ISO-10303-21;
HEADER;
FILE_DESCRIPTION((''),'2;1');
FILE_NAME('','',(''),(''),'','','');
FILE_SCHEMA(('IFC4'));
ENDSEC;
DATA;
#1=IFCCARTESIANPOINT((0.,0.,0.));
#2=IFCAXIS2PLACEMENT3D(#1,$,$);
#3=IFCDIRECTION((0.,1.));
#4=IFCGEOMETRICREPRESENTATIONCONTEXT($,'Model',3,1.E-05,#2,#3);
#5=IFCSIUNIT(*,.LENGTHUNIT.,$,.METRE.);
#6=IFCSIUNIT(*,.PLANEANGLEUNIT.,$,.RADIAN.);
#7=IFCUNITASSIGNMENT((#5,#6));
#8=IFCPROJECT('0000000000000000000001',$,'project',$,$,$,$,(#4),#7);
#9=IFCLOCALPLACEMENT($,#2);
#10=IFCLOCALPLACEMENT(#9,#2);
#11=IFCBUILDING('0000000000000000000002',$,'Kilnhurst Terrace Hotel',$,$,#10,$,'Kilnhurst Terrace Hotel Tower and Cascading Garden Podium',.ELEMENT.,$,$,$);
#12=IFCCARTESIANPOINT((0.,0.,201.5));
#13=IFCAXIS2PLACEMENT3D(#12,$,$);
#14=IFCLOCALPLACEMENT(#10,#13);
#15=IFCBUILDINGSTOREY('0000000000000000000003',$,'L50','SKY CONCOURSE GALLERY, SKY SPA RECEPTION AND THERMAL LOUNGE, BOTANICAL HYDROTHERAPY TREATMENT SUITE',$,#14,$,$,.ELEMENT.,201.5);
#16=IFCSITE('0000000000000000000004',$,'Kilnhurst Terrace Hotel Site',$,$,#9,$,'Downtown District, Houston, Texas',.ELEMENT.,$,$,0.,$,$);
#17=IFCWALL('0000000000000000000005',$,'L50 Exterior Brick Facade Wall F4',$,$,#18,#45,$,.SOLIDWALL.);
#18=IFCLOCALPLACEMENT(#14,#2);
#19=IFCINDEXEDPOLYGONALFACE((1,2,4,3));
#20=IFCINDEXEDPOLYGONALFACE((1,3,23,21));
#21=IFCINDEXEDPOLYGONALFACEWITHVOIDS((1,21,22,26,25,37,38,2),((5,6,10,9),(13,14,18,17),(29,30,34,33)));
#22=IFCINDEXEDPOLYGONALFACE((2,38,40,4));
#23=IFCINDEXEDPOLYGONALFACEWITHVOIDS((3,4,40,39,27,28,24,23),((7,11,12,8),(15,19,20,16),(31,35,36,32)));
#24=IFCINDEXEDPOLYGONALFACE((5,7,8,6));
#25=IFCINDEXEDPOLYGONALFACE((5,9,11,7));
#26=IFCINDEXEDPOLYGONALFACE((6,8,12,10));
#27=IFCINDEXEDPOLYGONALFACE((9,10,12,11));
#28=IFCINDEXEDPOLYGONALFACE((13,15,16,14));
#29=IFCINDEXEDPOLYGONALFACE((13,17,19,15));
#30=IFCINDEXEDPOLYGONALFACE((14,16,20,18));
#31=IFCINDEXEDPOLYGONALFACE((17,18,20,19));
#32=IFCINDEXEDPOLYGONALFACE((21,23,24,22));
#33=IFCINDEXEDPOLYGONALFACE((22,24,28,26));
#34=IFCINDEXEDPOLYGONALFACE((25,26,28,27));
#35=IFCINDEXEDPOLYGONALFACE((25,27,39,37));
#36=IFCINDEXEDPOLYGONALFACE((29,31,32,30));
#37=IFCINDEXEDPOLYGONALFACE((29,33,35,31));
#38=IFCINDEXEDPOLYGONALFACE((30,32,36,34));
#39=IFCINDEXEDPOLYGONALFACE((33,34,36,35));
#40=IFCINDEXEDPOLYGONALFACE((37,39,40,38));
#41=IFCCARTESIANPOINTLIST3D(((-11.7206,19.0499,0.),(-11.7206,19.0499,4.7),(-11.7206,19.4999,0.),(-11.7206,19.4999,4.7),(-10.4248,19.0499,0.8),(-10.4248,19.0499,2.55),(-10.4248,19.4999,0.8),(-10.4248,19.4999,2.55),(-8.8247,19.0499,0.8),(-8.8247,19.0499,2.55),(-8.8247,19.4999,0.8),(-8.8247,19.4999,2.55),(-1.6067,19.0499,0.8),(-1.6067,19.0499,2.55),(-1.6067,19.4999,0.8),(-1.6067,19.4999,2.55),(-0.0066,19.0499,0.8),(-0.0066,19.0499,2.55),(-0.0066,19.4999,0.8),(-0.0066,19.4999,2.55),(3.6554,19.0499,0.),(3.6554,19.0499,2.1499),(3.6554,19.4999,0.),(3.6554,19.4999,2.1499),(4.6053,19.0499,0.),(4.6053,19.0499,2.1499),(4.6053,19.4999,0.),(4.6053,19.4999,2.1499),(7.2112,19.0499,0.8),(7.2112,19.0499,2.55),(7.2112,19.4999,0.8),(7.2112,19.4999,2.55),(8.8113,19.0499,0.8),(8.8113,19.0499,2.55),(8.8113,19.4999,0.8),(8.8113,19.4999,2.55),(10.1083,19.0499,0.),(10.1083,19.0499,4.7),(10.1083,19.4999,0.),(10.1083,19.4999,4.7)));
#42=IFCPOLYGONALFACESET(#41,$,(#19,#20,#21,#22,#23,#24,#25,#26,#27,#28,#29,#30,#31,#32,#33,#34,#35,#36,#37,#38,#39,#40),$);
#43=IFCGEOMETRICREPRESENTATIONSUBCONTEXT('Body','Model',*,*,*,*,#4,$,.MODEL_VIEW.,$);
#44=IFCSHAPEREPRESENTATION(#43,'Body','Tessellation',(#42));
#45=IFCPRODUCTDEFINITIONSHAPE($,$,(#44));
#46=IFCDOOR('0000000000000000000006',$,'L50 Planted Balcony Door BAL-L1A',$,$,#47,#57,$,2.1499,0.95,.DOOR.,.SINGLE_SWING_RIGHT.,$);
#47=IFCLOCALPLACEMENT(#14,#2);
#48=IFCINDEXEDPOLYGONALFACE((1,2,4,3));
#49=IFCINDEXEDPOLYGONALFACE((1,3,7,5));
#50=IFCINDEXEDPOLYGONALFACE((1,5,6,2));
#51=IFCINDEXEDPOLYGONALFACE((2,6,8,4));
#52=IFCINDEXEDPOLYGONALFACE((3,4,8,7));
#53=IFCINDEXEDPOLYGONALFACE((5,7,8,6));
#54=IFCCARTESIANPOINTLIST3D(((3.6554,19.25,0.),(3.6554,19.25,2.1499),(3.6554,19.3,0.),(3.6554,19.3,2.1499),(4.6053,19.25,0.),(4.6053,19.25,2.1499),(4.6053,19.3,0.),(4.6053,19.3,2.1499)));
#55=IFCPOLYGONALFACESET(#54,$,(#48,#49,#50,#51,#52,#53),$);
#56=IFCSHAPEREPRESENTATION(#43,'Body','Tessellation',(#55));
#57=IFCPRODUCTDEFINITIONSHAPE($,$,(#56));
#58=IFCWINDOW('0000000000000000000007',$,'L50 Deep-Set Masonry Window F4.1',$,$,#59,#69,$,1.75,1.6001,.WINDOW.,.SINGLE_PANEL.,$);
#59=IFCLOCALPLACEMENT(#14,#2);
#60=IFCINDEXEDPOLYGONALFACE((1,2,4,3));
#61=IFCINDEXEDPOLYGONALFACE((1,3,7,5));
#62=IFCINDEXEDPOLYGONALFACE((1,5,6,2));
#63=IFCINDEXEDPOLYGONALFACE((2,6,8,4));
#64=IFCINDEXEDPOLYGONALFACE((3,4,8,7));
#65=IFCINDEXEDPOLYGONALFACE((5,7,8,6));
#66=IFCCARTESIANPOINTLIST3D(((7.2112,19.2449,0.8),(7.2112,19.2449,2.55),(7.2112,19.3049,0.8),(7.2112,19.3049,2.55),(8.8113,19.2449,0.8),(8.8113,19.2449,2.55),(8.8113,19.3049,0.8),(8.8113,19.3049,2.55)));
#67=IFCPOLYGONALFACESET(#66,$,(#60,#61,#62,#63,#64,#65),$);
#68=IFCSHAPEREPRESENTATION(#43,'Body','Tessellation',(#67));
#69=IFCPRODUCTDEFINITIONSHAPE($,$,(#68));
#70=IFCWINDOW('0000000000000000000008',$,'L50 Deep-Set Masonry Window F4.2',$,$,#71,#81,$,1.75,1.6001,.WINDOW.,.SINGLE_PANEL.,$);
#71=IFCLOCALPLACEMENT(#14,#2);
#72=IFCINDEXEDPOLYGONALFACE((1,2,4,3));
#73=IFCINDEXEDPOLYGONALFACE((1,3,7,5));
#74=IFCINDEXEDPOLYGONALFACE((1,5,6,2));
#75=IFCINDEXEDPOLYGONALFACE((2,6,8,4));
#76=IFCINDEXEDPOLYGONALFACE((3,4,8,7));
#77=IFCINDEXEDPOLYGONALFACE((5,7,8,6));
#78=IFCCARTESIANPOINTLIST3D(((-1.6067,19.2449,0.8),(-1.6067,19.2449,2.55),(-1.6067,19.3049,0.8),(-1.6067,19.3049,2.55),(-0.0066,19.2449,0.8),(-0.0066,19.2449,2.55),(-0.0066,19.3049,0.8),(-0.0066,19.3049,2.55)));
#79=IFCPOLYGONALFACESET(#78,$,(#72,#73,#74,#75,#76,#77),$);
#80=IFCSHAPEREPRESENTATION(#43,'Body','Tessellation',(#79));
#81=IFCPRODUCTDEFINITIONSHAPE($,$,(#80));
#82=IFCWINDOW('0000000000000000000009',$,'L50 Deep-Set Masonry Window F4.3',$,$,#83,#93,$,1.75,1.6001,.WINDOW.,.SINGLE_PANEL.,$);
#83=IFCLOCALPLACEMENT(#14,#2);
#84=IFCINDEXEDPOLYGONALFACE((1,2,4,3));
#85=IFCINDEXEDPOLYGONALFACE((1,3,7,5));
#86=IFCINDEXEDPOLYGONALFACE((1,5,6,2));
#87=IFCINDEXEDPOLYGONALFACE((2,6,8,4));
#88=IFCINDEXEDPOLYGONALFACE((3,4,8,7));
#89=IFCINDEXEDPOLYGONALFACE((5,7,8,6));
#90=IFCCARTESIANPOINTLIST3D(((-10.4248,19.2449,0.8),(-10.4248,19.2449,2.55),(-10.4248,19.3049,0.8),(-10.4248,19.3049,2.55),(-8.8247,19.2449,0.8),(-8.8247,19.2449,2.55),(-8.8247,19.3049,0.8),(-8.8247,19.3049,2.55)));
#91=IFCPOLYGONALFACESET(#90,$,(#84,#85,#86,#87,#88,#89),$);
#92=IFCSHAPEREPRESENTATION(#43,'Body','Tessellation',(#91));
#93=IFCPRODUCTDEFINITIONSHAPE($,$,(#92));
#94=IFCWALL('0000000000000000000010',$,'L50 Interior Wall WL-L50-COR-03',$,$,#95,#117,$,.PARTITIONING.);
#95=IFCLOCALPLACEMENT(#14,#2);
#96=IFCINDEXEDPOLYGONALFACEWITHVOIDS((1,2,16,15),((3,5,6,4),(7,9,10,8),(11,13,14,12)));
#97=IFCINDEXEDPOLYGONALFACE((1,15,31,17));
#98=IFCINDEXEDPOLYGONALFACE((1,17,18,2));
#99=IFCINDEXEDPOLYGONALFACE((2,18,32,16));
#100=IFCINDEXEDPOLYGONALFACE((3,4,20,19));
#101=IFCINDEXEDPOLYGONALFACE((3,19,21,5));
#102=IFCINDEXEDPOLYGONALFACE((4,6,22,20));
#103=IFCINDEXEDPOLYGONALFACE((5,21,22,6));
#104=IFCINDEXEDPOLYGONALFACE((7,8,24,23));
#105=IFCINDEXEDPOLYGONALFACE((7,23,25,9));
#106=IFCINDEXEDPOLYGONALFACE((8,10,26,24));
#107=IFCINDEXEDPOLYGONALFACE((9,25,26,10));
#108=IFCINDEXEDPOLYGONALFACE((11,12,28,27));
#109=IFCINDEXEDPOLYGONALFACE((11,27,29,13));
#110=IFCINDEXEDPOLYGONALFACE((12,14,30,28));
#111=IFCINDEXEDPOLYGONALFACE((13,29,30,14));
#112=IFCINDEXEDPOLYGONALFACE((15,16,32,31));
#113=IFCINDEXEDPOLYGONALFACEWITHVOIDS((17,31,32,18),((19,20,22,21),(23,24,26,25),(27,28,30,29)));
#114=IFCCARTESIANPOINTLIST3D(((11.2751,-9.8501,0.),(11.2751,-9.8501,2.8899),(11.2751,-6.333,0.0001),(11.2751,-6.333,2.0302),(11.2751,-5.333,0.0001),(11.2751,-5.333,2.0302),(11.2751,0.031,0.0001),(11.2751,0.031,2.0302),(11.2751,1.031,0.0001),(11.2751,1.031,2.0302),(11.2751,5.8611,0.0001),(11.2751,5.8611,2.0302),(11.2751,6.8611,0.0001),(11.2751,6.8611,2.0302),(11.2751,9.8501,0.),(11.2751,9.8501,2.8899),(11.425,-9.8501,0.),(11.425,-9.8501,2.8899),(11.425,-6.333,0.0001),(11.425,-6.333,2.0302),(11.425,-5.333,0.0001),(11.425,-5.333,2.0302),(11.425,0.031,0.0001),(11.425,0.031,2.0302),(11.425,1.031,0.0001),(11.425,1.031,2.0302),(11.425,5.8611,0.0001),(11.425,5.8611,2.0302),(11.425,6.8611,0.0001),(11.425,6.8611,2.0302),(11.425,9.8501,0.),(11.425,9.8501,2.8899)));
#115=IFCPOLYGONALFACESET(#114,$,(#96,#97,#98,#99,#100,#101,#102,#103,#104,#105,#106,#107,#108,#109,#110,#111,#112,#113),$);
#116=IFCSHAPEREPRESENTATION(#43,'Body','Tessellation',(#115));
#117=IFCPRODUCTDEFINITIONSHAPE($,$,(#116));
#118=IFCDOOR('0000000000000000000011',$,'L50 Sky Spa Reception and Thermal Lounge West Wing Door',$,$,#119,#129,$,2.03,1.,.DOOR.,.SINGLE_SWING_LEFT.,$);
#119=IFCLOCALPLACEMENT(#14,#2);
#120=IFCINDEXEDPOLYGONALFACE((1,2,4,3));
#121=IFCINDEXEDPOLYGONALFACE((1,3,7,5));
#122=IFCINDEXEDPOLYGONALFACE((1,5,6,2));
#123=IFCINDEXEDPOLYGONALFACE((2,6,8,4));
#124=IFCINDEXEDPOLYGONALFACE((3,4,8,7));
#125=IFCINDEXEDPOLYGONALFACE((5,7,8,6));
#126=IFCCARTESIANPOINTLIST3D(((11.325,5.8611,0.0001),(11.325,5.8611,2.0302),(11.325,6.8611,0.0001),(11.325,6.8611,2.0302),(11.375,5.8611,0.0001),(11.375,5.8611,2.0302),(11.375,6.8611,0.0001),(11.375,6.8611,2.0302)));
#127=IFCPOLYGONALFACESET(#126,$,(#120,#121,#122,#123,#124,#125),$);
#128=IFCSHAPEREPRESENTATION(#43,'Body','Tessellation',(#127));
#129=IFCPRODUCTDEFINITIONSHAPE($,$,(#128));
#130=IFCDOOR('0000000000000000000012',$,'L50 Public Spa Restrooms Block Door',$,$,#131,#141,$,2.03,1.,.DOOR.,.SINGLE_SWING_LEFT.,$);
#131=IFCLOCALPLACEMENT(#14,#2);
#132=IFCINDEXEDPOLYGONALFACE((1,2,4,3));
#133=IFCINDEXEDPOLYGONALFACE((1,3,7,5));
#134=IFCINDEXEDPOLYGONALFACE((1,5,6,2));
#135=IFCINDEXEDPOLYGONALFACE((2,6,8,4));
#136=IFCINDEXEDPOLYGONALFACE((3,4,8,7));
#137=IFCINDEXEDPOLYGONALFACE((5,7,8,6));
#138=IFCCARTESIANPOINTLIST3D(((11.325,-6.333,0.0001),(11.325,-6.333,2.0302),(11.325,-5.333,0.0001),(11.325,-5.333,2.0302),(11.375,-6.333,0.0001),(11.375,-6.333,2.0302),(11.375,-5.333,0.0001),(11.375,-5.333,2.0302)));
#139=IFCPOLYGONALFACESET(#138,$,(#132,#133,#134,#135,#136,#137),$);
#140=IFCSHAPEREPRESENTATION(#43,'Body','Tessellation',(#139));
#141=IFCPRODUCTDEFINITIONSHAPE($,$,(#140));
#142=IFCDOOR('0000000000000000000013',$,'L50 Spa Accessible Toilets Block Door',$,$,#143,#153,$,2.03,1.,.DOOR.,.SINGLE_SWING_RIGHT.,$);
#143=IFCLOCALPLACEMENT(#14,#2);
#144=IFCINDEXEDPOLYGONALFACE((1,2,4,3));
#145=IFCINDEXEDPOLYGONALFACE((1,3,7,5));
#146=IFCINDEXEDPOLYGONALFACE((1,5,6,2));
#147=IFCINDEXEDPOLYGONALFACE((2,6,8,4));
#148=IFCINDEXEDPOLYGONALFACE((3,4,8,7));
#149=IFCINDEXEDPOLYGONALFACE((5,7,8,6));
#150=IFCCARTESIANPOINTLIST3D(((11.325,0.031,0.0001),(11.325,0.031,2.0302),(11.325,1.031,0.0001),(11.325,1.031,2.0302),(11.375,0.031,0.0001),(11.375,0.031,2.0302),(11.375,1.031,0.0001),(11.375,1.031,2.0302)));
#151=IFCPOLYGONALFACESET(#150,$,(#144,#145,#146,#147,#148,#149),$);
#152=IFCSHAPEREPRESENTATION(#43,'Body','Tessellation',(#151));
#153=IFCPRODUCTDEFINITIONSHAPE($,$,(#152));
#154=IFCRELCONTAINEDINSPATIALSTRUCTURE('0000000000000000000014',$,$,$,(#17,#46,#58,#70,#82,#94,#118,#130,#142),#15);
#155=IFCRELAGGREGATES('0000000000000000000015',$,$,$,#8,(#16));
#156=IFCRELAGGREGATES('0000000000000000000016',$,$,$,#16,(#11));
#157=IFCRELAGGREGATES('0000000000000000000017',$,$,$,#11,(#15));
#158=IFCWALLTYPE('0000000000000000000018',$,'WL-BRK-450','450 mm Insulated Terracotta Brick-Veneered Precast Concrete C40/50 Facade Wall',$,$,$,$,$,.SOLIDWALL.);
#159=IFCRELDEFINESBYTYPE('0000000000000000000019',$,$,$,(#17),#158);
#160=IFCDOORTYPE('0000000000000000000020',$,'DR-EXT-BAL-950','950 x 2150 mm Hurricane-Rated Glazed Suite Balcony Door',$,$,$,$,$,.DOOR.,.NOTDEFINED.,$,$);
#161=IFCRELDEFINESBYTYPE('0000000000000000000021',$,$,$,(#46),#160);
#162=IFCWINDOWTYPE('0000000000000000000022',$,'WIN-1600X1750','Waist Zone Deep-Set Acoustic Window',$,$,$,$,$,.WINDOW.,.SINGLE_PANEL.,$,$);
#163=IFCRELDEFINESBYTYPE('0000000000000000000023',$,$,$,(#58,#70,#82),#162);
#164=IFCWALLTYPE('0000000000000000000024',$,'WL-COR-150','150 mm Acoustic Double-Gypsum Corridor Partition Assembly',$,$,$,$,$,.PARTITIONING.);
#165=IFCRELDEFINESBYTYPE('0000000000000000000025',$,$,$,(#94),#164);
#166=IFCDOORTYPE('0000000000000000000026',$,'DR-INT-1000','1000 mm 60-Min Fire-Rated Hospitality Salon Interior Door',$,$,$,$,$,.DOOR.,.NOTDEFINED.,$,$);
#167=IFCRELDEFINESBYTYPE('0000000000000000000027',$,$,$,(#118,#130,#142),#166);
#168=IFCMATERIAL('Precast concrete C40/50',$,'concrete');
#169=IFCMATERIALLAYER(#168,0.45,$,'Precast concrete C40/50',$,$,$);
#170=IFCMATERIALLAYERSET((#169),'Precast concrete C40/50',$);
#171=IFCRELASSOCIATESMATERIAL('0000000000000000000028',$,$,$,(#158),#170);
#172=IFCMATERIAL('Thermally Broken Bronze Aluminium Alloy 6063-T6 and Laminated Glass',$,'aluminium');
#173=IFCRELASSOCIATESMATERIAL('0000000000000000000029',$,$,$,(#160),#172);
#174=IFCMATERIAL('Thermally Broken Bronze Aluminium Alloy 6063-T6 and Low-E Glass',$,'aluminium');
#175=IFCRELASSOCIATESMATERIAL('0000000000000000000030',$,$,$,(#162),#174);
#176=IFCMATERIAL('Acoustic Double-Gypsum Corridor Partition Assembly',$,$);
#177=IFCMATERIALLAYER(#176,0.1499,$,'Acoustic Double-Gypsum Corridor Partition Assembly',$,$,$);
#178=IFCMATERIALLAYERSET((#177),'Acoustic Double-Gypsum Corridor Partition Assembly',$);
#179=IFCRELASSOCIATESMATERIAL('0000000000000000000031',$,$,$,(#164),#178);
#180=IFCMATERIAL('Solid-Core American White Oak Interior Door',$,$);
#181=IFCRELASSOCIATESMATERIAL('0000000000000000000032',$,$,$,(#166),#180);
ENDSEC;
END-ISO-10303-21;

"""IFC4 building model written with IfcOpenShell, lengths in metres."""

from ifc_helpers import new_model, si_unit, direction, frame, frame_2d, origin, place, context, subcontext, project, spatial, rectangle, extrude, material, layer, layer_set, type_object, element, fill, save


model = new_model("IFC4")

# Units and contexts
model_context = context("Model", 3, precision=1e-05, world=origin(), true_north=direction((0.0, 1.0)))
body_context = subcontext(model_context, "Body", "Model", "MODEL_VIEW")
ifc_project = project(units=[si_unit("LENGTHUNIT", "METRE"), si_unit("PLANEANGLEUNIT", "RADIAN")], contexts=[model_context])

# Site, building, storey
site_placement = place(None, origin())
site = spatial("IfcSite", under=ifc_project, at=site_placement, Name="Kilnhurst Terrace Hotel Site", LongName="Downtown District, Houston, Texas", CompositionType="ELEMENT", RefElevation=0.0)
building_placement = place(site_placement, origin())
building = spatial("IfcBuilding", under=site, at=building_placement, Name="Kilnhurst Terrace Hotel", LongName="Kilnhurst Terrace Hotel Tower and Cascading Garden Podium", CompositionType="ELEMENT")
storey_placement = place(building_placement, frame((0.0, 0.0, 201.5)))
storey = spatial("IfcBuildingStorey", under=building, at=storey_placement, Name="L50", Description="SKY CONCOURSE GALLERY, SKY SPA RECEPTION AND THERMAL LOUNGE, BOTANICAL HYDROTHERAPY TREATMENT SUITE", CompositionType="ELEMENT", Elevation=201.5)

# Shared definitions
ifc_material_1 = material(Name="Precast concrete C40/50", Category="concrete")
ifc_layer_1 = layer(ifc_material_1, 0.45, Name="Precast concrete C40/50")
ifc_layer_set_1 = layer_set([ifc_layer_1], Name="Precast concrete C40/50")
wall_type_1 = type_object("IfcWallType", Name="WL-BRK-450", Description="450 mm Insulated Terracotta Brick-Veneered Precast Concrete C40/50 Facade Wall", PredefinedType="SOLIDWALL", material=ifc_layer_set_1)

# Wall, openings, door, windows
wall_1_placement = place(storey_placement, frame((10.1084, 19.2749, 0.0), z_axis=(0.0, 0.0, 1.0), x_axis=(-1.0, 0.0, 0.0)))
wall_1 = element("IfcWall", 1, at=wall_1_placement, inside=storey, type_object=wall_type_1, Name="L50 Exterior Brick Facade Wall F4", PredefinedType="SOLIDWALL", context=body_context, shape_type="SweptSolid", body=[
    extrude(rectangle(XDim=21.8289, YDim=0.45, at=frame_2d((10.9146, 0.0))), origin(), (0.0, 0.0, 1.0), 4.7),
])
opening_1_placement = place(wall_1_placement, frame((5.5029, 0.0, 0.0)))
opening_1 = element("IfcOpeningElement", 2, at=opening_1_placement, cuts=wall_1, PredefinedType="OPENING", context=body_context, shape_type="SweptSolid", body=[
    extrude(rectangle(XDim=0.95, YDim=2.1499, at=frame_2d((0.4751, 1.075))), frame((0.0, 0.2349, 0.0), z_axis=(0.0, -1.0, 0.0), x_axis=(1.0, 0.0, 0.0)), (0.0, 0.0, 1.0), 0.47),
])
opening_2_placement = place(wall_1_placement, frame((1.2971, 0.0, 0.8)))
opening_2 = element("IfcOpeningElement", 3, at=opening_2_placement, cuts=wall_1, PredefinedType="OPENING", context=body_context, shape_type="SweptSolid", body=[
    extrude(rectangle(XDim=1.6001, YDim=1.75, at=frame_2d((0.8, 0.875))), frame((0.0, 0.2349, 0.0), z_axis=(0.0, -1.0, 0.0), x_axis=(1.0, 0.0, 0.0)), (0.0, 0.0, 1.0), 0.47),
])
opening_3_placement = place(wall_1_placement, frame((10.115, 0.0, 0.8)))
opening_3 = element("IfcOpeningElement", 4, at=opening_3_placement, cuts=wall_1, PredefinedType="OPENING", context=body_context, shape_type="SweptSolid", body=[
    extrude(rectangle(XDim=1.6001, YDim=1.75, at=frame_2d((0.8, 0.875))), frame((0.0, 0.2349, 0.0), z_axis=(0.0, -1.0, 0.0), x_axis=(1.0, 0.0, 0.0)), (0.0, 0.0, 1.0), 0.47),
])
opening_4_placement = place(wall_1_placement, frame((18.9331, 0.0, 0.8)))
opening_4 = element("IfcOpeningElement", 5, at=opening_4_placement, cuts=wall_1, PredefinedType="OPENING", context=body_context, shape_type="SweptSolid", body=[
    extrude(rectangle(XDim=1.6001, YDim=1.75, at=frame_2d((0.8, 0.875))), frame((0.0, 0.2349, 0.0), z_axis=(0.0, -1.0, 0.0), x_axis=(1.0, 0.0, 0.0)), (0.0, 0.0, 1.0), 0.47),
])
ifc_material_2 = material(Name="Thermally Broken Bronze Aluminium Alloy 6063-T6 and Laminated Glass", Category="aluminium")
door_type_1 = type_object("IfcDoorType", Name="DR-EXT-BAL-950", Description="950 x 2150 mm Hurricane-Rated Glazed Suite Balcony Door", OperationType="NOTDEFINED", PredefinedType="DOOR", material=ifc_material_2)
door_1_placement = place(opening_1_placement, origin())
door_1 = element("IfcDoor", 6, at=door_1_placement, inside=storey, type_object=door_type_1, Name="L50 Planted Balcony Door BAL-L1A", OperationType="SINGLE_SWING_RIGHT", OverallHeight=2.1499, OverallWidth=0.95, PredefinedType="DOOR", context=body_context, shape_type="SweptSolid", body=[
    extrude(rectangle(XDim=0.95, YDim=2.1499, at=frame_2d((0.4751, 1.075))), frame((0.0, 0.0249, 0.0), z_axis=(0.0, -1.0, 0.0), x_axis=(1.0, 0.0, 0.0)), (0.0, 0.0, 1.0), 0.05),
])
fill(opening_1, door_1)
ifc_material_3 = material(Name="Thermally Broken Bronze Aluminium Alloy 6063-T6 and Low-E Glass", Category="aluminium")
window_type = type_object("IfcWindowType", Name="WIN-1600X1750", Description="Waist Zone Deep-Set Acoustic Window", PartitioningType="SINGLE_PANEL", PredefinedType="WINDOW", material=ifc_material_3)
window_1_placement = place(opening_2_placement, origin())
window_1 = element("IfcWindow", 7, at=window_1_placement, inside=storey, type_object=window_type, Name="L50 Deep-Set Masonry Window F4.1", OverallHeight=1.75, OverallWidth=1.6001, PartitioningType="SINGLE_PANEL", PredefinedType="WINDOW", context=body_context, shape_type="SweptSolid", body=[
    extrude(rectangle(XDim=1.6001, YDim=1.75, at=frame_2d((0.8, 0.875))), frame((0.0, 0.03, 0.0), z_axis=(0.0, -1.0, 0.0), x_axis=(1.0, 0.0, 0.0)), (0.0, 0.0, 1.0), 0.0601),
])
fill(opening_2, window_1)
window_2_placement = place(opening_3_placement, origin())
window_2 = element("IfcWindow", 8, at=window_2_placement, inside=storey, type_object=window_type, Name="L50 Deep-Set Masonry Window F4.2", OverallHeight=1.75, OverallWidth=1.6001, PartitioningType="SINGLE_PANEL", PredefinedType="WINDOW", context=body_context, shape_type="SweptSolid", body=[
    extrude(rectangle(XDim=1.6001, YDim=1.75, at=frame_2d((0.8, 0.875))), frame((0.0, 0.03, 0.0), z_axis=(0.0, -1.0, 0.0), x_axis=(1.0, 0.0, 0.0)), (0.0, 0.0, 1.0), 0.0601),
])
fill(opening_3, window_2)
window_3_placement = place(opening_4_placement, origin())
window_3 = element("IfcWindow", 9, at=window_3_placement, inside=storey, type_object=window_type, Name="L50 Deep-Set Masonry Window F4.3", OverallHeight=1.75, OverallWidth=1.6001, PartitioningType="SINGLE_PANEL", PredefinedType="WINDOW", context=body_context, shape_type="SweptSolid", body=[
    extrude(rectangle(XDim=1.6001, YDim=1.75, at=frame_2d((0.8, 0.875))), frame((0.0, 0.03, 0.0), z_axis=(0.0, -1.0, 0.0), x_axis=(1.0, 0.0, 0.0)), (0.0, 0.0, 1.0), 0.0601),
])
fill(opening_4, window_3)

# Wall, openings, doors
ifc_material_4 = material(Name="Acoustic Double-Gypsum Corridor Partition Assembly")
ifc_layer_2 = layer(ifc_material_4, 0.1499, Name="Acoustic Double-Gypsum Corridor Partition Assembly")
ifc_layer_set_2 = layer_set([ifc_layer_2], Name="Acoustic Double-Gypsum Corridor Partition Assembly")
wall_type_2 = type_object("IfcWallType", Name="WL-COR-150", Description="150 mm Acoustic Double-Gypsum Corridor Partition Assembly", PredefinedType="PARTITIONING", material=ifc_layer_set_2)
wall_2_placement = place(storey_placement, frame((11.3501, 9.8501, 0.0), z_axis=(0.0, 0.0, 1.0), x_axis=(0.0, -1.0, 0.0)))
wall_2 = element("IfcWall", 10, at=wall_2_placement, inside=storey, type_object=wall_type_2, Name="L50 Interior Wall WL-L50-COR-03", PredefinedType="PARTITIONING", context=body_context, shape_type="SweptSolid", body=[
    extrude(rectangle(XDim=19.7002, YDim=0.1499, at=frame_2d((9.8501, 0.0))), origin(), (0.0, 0.0, 1.0), 2.8899),
])
opening_5_placement = place(wall_2_placement, frame((2.989, 0.0, 0.0)))
opening_5 = element("IfcOpeningElement", 11, at=opening_5_placement, cuts=wall_2, PredefinedType="OPENING", context=body_context, shape_type="SweptSolid", body=[
    extrude(rectangle(XDim=1.0, YDim=2.03, at=frame_2d((0.5, 1.0151))), frame((0.0, 0.085, 0.0), z_axis=(0.0, -1.0, 0.0), x_axis=(1.0, 0.0, 0.0)), (0.0, 0.0, 1.0), 0.1699),
])
opening_6_placement = place(wall_2_placement, frame((15.1831, 0.0, 0.0)))
opening_6 = element("IfcOpeningElement", 12, at=opening_6_placement, cuts=wall_2, PredefinedType="OPENING", context=body_context, shape_type="SweptSolid", body=[
    extrude(rectangle(XDim=1.0, YDim=2.03, at=frame_2d((0.5, 1.0151))), frame((0.0, 0.085, 0.0), z_axis=(0.0, -1.0, 0.0), x_axis=(1.0, 0.0, 0.0)), (0.0, 0.0, 1.0), 0.1699),
])
opening_7_placement = place(wall_2_placement, frame((8.8191, 0.0, 0.0)))
opening_7 = element("IfcOpeningElement", 13, at=opening_7_placement, cuts=wall_2, PredefinedType="OPENING", context=body_context, shape_type="SweptSolid", body=[
    extrude(rectangle(XDim=1.0, YDim=2.03, at=frame_2d((0.5, 1.0151))), frame((0.0, 0.085, 0.0), z_axis=(0.0, -1.0, 0.0), x_axis=(1.0, 0.0, 0.0)), (0.0, 0.0, 1.0), 0.1699),
])
ifc_material_5 = material(Name="Solid-Core American White Oak Interior Door")
door_type_2 = type_object("IfcDoorType", Name="DR-INT-1000", Description="1000 mm 60-Min Fire-Rated Hospitality Salon Interior Door", OperationType="NOTDEFINED", PredefinedType="DOOR", material=ifc_material_5)
door_2_placement = place(opening_5_placement, origin())
door_2 = element("IfcDoor", 14, at=door_2_placement, inside=storey, type_object=door_type_2, Name="L50 Sky Spa Reception and Thermal Lounge West Wing Door", OperationType="SINGLE_SWING_LEFT", OverallHeight=2.03, OverallWidth=1.0, PredefinedType="DOOR", context=body_context, shape_type="SweptSolid", body=[
    extrude(rectangle(XDim=1.0, YDim=2.03, at=frame_2d((0.5, 1.0151))), frame((0.0, 0.0249, 0.0), z_axis=(0.0, -1.0, 0.0), x_axis=(1.0, 0.0, 0.0)), (0.0, 0.0, 1.0), 0.05),
])
fill(opening_5, door_2)
door_3_placement = place(opening_6_placement, origin())
door_3 = element("IfcDoor", 15, at=door_3_placement, inside=storey, type_object=door_type_2, Name="L50 Public Spa Restrooms Block Door", OperationType="SINGLE_SWING_LEFT", OverallHeight=2.03, OverallWidth=1.0, PredefinedType="DOOR", context=body_context, shape_type="SweptSolid", body=[
    extrude(rectangle(XDim=1.0, YDim=2.03, at=frame_2d((0.5, 1.0151))), frame((0.0, 0.0249, 0.0), z_axis=(0.0, -1.0, 0.0), x_axis=(1.0, 0.0, 0.0)), (0.0, 0.0, 1.0), 0.05),
])
fill(opening_6, door_3)
door_4_placement = place(opening_7_placement, origin())
door_4 = element("IfcDoor", 16, at=door_4_placement, inside=storey, type_object=door_type_2, Name="L50 Spa Accessible Toilets Block Door", OperationType="SINGLE_SWING_RIGHT", OverallHeight=2.03, OverallWidth=1.0, PredefinedType="DOOR", context=body_context, shape_type="SweptSolid", body=[
    extrude(rectangle(XDim=1.0, YDim=2.03, at=frame_2d((0.5, 1.0151))), frame((0.0, 0.0249, 0.0), z_axis=(0.0, -1.0, 0.0), x_axis=(1.0, 0.0, 0.0)), (0.0, 0.0, 1.0), 0.05),
])
fill(opening_7, door_4)

save(model, "model.ifc")
